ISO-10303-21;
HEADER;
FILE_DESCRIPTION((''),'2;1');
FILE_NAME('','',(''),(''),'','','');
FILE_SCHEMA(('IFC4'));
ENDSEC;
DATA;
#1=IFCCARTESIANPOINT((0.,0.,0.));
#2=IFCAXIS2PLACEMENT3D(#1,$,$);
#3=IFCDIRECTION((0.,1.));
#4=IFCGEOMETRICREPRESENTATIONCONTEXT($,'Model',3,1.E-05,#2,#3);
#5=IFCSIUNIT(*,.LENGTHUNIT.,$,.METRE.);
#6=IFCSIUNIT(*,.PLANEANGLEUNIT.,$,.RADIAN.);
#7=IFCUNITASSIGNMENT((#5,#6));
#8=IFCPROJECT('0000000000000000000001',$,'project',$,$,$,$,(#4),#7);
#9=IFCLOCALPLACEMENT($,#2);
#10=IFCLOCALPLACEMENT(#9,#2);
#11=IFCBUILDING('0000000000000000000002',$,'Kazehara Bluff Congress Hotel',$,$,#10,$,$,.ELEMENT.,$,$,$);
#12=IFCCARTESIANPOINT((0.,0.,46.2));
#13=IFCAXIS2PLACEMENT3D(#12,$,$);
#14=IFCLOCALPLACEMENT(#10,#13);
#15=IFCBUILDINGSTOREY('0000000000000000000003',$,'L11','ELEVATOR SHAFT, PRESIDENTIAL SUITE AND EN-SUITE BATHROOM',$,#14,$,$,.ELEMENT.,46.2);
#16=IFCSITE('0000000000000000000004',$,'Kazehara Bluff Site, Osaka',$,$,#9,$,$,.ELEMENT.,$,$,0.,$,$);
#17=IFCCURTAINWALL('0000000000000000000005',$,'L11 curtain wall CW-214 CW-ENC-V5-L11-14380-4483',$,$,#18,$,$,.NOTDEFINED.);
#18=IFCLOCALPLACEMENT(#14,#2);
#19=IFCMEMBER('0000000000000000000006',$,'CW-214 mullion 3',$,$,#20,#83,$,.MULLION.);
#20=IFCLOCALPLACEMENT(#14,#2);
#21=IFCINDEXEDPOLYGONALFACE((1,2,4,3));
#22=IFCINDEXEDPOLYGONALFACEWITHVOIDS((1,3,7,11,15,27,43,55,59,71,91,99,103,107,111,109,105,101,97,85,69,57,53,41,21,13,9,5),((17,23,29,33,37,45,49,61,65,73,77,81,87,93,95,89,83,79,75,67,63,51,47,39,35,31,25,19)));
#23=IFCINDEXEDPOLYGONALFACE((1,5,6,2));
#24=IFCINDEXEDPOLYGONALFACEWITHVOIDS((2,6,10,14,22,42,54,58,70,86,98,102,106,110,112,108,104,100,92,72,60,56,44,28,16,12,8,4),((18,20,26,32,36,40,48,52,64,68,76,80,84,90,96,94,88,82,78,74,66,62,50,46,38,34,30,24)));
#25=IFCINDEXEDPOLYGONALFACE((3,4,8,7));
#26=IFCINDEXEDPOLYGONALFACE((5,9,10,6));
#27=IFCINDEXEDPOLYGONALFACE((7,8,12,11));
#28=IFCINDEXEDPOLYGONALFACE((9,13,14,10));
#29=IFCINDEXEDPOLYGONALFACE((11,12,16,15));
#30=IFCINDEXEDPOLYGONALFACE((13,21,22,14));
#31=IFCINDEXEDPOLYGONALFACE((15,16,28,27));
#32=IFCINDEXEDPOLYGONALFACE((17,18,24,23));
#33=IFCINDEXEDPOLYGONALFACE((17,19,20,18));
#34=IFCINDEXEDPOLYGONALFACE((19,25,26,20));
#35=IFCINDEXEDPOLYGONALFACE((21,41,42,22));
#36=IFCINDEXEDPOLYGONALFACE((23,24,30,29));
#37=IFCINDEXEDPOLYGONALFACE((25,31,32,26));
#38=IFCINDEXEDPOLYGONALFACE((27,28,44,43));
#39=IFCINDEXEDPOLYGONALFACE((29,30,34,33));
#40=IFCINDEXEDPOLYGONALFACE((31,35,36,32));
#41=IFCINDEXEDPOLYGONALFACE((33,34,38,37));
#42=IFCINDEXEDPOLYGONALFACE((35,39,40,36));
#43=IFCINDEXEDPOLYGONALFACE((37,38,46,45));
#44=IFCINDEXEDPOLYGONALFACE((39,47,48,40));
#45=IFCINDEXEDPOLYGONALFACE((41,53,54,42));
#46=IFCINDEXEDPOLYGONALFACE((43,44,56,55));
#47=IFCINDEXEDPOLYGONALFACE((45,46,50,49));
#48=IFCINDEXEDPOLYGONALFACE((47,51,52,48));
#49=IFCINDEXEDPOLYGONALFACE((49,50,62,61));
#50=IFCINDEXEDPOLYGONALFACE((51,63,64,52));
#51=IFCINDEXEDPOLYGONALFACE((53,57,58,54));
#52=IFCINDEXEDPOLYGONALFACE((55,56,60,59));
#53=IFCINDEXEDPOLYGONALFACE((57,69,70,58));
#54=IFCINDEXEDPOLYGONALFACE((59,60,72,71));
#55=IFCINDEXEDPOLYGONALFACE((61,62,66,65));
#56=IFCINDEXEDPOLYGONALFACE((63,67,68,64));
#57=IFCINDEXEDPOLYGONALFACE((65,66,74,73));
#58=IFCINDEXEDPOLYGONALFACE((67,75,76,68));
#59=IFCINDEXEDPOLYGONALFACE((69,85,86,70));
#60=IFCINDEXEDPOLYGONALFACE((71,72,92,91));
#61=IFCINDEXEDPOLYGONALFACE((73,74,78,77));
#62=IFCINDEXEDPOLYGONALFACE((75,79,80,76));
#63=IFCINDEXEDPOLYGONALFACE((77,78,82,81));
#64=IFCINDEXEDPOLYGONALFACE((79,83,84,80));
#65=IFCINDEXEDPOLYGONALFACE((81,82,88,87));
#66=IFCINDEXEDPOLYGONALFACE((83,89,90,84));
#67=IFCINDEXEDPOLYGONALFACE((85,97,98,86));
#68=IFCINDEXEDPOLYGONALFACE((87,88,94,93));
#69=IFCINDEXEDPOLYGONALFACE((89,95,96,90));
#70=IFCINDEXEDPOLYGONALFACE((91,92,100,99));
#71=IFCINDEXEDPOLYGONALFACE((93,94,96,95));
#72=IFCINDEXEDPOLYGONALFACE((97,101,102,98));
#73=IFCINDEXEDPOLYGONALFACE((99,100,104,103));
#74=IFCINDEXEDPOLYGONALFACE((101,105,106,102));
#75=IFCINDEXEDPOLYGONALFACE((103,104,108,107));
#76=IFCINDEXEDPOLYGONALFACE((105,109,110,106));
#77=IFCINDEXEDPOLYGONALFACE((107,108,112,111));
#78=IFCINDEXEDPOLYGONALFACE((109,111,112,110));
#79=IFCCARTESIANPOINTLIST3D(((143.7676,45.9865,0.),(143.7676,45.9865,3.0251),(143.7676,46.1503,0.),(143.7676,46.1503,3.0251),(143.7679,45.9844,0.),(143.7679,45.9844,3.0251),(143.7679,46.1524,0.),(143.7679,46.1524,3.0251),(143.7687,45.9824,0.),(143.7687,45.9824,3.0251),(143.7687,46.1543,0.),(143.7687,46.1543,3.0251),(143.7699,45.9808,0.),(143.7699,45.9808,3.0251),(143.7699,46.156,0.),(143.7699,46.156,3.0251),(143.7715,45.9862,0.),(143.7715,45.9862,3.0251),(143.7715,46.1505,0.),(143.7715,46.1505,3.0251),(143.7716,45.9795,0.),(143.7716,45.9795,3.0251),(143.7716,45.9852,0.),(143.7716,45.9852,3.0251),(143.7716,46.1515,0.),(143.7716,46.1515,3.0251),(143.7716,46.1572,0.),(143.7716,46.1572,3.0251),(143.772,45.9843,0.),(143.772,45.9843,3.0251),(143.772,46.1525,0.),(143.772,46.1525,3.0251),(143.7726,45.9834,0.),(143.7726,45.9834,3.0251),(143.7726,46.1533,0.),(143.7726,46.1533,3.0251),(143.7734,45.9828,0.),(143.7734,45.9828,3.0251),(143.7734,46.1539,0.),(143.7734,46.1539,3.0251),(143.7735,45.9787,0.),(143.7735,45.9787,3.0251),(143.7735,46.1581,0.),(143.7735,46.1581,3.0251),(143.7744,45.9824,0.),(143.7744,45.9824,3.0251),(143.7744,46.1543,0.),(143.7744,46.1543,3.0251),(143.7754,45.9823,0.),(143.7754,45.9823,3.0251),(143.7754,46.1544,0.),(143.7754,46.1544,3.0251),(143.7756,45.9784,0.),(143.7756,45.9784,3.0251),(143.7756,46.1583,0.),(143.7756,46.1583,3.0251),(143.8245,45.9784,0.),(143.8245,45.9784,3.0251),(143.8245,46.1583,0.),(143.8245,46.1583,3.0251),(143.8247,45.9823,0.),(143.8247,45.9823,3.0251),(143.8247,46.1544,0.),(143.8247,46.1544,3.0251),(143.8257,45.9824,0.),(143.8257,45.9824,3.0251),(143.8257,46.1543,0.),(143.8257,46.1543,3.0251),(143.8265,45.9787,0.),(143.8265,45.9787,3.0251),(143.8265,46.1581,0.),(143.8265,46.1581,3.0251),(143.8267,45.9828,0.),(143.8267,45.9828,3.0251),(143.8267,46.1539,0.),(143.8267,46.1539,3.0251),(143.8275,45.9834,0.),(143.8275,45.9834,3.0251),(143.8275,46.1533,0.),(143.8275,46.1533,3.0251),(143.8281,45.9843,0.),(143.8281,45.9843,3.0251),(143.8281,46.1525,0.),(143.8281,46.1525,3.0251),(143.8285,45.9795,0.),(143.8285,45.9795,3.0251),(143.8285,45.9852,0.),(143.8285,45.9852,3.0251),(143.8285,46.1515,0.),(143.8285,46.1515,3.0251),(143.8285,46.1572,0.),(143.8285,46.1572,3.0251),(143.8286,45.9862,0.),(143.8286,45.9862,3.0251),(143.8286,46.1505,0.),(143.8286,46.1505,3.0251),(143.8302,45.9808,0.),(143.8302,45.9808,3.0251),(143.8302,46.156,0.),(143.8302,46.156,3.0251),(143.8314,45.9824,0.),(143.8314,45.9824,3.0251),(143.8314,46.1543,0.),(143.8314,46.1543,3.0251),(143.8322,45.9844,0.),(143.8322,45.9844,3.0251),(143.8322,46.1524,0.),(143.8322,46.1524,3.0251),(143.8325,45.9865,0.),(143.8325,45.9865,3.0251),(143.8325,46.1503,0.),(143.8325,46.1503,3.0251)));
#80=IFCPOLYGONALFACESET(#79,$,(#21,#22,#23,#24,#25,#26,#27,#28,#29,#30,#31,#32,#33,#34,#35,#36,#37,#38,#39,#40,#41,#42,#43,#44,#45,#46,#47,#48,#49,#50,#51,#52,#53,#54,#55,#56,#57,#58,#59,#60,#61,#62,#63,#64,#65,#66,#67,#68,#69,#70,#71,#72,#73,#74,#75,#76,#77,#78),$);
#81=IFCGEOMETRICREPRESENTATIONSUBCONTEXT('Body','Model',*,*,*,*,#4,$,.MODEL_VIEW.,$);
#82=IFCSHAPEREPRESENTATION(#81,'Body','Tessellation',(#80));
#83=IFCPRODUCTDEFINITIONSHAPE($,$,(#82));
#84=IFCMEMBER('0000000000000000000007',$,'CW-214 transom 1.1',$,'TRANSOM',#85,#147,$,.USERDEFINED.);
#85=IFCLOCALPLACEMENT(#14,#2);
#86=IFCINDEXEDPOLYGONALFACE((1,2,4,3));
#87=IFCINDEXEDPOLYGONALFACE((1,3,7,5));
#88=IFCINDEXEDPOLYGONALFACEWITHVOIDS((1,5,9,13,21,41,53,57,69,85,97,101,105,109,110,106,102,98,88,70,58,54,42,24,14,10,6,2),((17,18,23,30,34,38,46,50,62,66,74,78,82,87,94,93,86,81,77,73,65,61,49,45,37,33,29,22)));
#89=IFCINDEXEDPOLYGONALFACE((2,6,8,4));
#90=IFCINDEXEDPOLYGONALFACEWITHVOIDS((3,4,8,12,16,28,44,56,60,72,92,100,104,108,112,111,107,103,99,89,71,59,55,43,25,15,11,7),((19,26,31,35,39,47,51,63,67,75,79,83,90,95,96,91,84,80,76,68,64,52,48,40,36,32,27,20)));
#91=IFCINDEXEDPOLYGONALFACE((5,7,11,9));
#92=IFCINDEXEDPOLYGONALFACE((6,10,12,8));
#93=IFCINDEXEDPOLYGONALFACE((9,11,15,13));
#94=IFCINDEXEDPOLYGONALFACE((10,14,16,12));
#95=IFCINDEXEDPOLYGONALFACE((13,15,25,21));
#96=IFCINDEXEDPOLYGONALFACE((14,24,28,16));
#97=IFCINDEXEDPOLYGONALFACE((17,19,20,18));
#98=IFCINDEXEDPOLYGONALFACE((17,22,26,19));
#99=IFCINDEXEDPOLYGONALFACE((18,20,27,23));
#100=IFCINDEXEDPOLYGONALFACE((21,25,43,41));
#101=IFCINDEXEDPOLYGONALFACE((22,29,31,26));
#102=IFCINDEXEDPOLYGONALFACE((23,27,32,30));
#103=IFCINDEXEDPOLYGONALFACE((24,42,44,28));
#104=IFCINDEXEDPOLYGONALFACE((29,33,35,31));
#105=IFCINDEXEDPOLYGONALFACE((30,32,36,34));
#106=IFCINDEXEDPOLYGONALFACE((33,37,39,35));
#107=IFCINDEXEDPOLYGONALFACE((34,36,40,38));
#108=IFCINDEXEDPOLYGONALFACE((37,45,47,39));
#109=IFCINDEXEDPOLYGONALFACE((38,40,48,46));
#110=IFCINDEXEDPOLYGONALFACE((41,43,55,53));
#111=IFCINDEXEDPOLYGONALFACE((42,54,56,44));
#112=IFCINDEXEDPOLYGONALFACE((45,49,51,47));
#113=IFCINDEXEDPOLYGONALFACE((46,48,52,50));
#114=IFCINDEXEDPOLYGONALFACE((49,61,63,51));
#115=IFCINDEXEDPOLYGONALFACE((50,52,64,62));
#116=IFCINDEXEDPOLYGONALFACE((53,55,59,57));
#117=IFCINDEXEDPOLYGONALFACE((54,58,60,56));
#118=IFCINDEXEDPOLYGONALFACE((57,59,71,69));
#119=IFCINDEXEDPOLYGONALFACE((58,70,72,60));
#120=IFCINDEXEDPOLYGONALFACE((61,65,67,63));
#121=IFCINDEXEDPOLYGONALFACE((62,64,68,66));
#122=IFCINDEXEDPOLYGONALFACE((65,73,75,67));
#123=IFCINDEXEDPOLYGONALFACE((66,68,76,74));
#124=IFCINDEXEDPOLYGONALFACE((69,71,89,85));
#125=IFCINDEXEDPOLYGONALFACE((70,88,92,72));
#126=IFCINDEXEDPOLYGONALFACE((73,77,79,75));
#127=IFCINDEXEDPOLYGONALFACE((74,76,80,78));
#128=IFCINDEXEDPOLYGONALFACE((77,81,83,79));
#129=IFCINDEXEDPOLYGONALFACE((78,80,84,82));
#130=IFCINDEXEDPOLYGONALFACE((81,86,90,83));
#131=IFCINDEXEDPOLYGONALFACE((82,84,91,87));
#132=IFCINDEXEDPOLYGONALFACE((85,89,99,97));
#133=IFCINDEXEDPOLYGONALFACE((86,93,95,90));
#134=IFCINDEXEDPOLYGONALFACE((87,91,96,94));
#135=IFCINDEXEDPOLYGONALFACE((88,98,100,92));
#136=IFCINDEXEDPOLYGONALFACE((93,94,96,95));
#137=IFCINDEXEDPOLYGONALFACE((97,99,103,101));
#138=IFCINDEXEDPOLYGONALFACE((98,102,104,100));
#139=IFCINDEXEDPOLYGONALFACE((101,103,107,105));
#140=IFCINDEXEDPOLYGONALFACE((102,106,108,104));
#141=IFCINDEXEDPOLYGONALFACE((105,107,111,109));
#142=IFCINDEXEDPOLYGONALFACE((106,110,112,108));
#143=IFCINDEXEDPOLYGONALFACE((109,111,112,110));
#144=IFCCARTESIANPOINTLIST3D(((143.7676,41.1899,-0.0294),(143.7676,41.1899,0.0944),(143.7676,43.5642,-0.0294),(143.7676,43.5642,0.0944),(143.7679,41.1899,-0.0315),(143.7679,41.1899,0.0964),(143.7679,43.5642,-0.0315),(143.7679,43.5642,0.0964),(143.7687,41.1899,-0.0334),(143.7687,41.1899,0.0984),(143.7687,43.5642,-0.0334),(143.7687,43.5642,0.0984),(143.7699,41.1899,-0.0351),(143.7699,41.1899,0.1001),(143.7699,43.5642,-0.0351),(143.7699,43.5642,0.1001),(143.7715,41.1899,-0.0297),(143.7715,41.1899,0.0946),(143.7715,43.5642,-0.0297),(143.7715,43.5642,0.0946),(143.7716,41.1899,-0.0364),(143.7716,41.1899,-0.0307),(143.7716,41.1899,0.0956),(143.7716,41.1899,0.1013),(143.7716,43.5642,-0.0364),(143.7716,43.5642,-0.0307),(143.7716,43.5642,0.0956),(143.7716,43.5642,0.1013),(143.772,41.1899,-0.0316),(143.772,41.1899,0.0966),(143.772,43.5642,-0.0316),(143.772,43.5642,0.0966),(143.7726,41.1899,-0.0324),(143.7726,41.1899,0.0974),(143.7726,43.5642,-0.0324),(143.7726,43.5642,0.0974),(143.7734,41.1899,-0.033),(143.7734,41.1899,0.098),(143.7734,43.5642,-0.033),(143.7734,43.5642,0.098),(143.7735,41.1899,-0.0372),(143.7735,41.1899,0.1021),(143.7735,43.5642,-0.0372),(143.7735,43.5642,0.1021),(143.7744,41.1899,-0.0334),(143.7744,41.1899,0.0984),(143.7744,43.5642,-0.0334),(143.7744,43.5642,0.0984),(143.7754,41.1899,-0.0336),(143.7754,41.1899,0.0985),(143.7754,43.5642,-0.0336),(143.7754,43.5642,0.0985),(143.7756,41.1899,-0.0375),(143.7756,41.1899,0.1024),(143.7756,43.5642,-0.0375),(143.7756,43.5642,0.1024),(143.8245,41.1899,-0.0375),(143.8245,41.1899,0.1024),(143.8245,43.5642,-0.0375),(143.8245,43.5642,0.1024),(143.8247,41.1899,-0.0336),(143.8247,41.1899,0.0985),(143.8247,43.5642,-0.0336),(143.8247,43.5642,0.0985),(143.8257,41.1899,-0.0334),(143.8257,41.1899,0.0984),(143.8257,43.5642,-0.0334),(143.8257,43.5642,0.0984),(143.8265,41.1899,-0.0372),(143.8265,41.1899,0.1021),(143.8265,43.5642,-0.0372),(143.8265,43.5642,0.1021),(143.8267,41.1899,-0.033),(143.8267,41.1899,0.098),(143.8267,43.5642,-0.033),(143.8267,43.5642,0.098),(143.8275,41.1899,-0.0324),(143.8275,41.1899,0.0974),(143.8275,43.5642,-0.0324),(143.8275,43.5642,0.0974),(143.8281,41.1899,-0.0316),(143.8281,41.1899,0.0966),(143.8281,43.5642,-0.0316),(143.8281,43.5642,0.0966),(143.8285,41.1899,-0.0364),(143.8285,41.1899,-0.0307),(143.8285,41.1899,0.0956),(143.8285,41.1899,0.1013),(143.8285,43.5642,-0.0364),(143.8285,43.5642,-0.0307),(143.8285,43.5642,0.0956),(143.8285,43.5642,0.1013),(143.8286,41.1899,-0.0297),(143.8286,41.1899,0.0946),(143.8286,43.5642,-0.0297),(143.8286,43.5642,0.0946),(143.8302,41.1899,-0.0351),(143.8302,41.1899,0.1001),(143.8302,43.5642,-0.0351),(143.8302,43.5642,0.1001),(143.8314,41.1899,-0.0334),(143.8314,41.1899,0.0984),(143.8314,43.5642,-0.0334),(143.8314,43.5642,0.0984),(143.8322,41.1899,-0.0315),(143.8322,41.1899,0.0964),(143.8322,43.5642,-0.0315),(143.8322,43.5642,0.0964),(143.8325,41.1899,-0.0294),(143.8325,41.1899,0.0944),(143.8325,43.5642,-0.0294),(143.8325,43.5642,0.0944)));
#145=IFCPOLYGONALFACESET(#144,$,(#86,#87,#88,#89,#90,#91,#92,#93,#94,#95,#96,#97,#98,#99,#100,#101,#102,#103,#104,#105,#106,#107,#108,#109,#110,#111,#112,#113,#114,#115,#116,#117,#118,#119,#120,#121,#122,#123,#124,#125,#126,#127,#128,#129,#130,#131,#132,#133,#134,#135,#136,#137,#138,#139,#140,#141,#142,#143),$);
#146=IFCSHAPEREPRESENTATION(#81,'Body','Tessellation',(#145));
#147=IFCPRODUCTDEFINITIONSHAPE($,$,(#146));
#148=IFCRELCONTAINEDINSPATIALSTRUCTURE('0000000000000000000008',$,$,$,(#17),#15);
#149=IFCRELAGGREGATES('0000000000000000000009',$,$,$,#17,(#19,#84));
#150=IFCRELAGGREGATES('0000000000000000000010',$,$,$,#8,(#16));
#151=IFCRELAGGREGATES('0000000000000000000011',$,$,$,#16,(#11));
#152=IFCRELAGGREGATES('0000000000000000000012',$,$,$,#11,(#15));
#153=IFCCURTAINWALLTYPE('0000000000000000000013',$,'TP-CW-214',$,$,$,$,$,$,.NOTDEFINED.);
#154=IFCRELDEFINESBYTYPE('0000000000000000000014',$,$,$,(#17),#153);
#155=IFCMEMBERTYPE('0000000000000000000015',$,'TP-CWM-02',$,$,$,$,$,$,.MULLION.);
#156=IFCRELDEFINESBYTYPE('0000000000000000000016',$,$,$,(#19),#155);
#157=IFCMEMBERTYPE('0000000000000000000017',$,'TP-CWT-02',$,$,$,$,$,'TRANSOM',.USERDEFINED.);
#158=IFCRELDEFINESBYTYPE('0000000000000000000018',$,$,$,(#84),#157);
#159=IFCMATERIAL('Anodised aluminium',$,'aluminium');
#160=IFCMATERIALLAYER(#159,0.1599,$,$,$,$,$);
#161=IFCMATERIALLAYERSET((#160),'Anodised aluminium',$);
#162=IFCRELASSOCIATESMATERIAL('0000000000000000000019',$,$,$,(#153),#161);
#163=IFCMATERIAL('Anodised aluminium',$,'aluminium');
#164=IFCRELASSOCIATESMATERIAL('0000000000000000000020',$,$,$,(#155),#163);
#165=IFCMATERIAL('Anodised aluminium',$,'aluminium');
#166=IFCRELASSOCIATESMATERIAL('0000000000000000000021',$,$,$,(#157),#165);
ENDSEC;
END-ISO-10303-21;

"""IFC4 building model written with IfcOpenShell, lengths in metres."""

from ifc_helpers import new_model, si_unit, direction, frame, origin, origin_2d, place, context, subcontext, project, spatial, hollow_rectangle, extrude, material, layer, layer_set, material_profile, profile_set, type_object, element, aggregate, save


model = new_model("IFC4")

# Units and contexts
model_context = context("Model", 3, precision=1e-05, world=origin(), true_north=direction((0.0, 1.0)))
body_context = subcontext(model_context, "Body", "Model", "MODEL_VIEW")
ifc_project = project(units=[si_unit("LENGTHUNIT", "METRE"), si_unit("PLANEANGLEUNIT", "RADIAN")], contexts=[model_context])

# Site, building, storey
site_placement = place(None, origin())
site = spatial("IfcSite", under=ifc_project, at=site_placement, Name="Kazehara Bluff Site, Osaka", CompositionType="ELEMENT", RefElevation=0.0)
building_placement = place(site_placement, origin())
building = spatial("IfcBuilding", under=site, at=building_placement, Name="Kazehara Bluff Congress Hotel", CompositionType="ELEMENT")
storey_placement = place(building_placement, frame((0.0, 0.0, 46.2)))
storey = spatial("IfcBuildingStorey", under=building, at=storey_placement, Name="L11", Description="ELEVATOR SHAFT, PRESIDENTIAL SUITE AND EN-SUITE BATHROOM", CompositionType="ELEMENT", Elevation=46.2)

# Curtain wall, members
ifc_material_1 = material(Name="Anodised aluminium", Category="aluminium")
ifc_layer_1 = layer(ifc_material_1, 0.1599)
ifc_layer_set_1 = layer_set([ifc_layer_1], Name="Anodised aluminium")
curtain_wall_type_1 = type_object("IfcCurtainWallType", Name="TP-CW-214", PredefinedType="NOTDEFINED", material=ifc_layer_set_1)
curtain_wall_1_placement = place(storey_placement, origin())
curtain_wall_1 = element("IfcCurtainWall", 1, at=curtain_wall_1_placement, inside=storey, type_object=curtain_wall_type_1, Name="L11 curtain wall CW-214 CW-ENC-V5-L11-14380-4483", PredefinedType="NOTDEFINED")
ifc_material_2 = material(Name="Anodised aluminium", Category="aluminium")
ifc_material_profile_1 = material_profile(ifc_material_2, hollow_rectangle(XDim=0.0649, YDim=0.1799, WallThickness=0.0039, InnerFilletRadius=0.0039, OuterFilletRadius=0.0081, at=origin_2d()))
ifc_profile_set_1 = profile_set([ifc_material_profile_1], Name="Anodised aluminium")
member_type_1 = type_object("IfcMemberType", Name="TP-CWM-02", PredefinedType="MULLION", material=ifc_profile_set_1)
member_1_placement = place(storey_placement, frame((143.8, 46.0684, 0.0), z_axis=(0.0, 0.0, 1.0), x_axis=(-1.0, 0.0, 0.0)))
member_1 = element("IfcMember", 2, at=member_1_placement, type_object=member_type_1, Name="CW-214 mullion 3", PredefinedType="MULLION", context=body_context, shape_type="SweptSolid", body=[
    extrude(hollow_rectangle(XDim=0.0649, YDim=0.1799, WallThickness=0.0039, InnerFilletRadius=0.0039, OuterFilletRadius=0.0081, at=origin_2d()), origin(), (0.0, 0.0, 1.0), 3.0251),
])
ifc_material_3 = material(Name="Anodised aluminium", Category="aluminium")
ifc_material_profile_2 = material_profile(ifc_material_3, hollow_rectangle(XDim=0.0649, YDim=0.1399, WallThickness=0.0039, InnerFilletRadius=0.0039, OuterFilletRadius=0.0081, at=origin_2d()))
ifc_profile_set_2 = profile_set([ifc_material_profile_2], Name="Anodised aluminium")
member_type_2 = type_object("IfcMemberType", Name="TP-CWT-02", ElementType="TRANSOM", PredefinedType="USERDEFINED", material=ifc_profile_set_2)
member_2_placement = place(storey_placement, frame((143.8, 41.1899, 0.0325), z_axis=(0.0, 1.0, 0.0), x_axis=(-1.0, 0.0, 0.0)))
member_2 = element("IfcMember", 3, at=member_2_placement, type_object=member_type_2, Name="CW-214 transom 1.1", ObjectType="TRANSOM", PredefinedType="USERDEFINED", context=body_context, shape_type="SweptSolid", body=[
    extrude(hollow_rectangle(XDim=0.0649, YDim=0.1399, WallThickness=0.0039, InnerFilletRadius=0.0039, OuterFilletRadius=0.0081, at=origin_2d()), origin(), (0.0, 0.0, 1.0), 2.3743),
])

aggregate(curtain_wall_1, [member_1, member_2])

save(model, "model.ifc")
